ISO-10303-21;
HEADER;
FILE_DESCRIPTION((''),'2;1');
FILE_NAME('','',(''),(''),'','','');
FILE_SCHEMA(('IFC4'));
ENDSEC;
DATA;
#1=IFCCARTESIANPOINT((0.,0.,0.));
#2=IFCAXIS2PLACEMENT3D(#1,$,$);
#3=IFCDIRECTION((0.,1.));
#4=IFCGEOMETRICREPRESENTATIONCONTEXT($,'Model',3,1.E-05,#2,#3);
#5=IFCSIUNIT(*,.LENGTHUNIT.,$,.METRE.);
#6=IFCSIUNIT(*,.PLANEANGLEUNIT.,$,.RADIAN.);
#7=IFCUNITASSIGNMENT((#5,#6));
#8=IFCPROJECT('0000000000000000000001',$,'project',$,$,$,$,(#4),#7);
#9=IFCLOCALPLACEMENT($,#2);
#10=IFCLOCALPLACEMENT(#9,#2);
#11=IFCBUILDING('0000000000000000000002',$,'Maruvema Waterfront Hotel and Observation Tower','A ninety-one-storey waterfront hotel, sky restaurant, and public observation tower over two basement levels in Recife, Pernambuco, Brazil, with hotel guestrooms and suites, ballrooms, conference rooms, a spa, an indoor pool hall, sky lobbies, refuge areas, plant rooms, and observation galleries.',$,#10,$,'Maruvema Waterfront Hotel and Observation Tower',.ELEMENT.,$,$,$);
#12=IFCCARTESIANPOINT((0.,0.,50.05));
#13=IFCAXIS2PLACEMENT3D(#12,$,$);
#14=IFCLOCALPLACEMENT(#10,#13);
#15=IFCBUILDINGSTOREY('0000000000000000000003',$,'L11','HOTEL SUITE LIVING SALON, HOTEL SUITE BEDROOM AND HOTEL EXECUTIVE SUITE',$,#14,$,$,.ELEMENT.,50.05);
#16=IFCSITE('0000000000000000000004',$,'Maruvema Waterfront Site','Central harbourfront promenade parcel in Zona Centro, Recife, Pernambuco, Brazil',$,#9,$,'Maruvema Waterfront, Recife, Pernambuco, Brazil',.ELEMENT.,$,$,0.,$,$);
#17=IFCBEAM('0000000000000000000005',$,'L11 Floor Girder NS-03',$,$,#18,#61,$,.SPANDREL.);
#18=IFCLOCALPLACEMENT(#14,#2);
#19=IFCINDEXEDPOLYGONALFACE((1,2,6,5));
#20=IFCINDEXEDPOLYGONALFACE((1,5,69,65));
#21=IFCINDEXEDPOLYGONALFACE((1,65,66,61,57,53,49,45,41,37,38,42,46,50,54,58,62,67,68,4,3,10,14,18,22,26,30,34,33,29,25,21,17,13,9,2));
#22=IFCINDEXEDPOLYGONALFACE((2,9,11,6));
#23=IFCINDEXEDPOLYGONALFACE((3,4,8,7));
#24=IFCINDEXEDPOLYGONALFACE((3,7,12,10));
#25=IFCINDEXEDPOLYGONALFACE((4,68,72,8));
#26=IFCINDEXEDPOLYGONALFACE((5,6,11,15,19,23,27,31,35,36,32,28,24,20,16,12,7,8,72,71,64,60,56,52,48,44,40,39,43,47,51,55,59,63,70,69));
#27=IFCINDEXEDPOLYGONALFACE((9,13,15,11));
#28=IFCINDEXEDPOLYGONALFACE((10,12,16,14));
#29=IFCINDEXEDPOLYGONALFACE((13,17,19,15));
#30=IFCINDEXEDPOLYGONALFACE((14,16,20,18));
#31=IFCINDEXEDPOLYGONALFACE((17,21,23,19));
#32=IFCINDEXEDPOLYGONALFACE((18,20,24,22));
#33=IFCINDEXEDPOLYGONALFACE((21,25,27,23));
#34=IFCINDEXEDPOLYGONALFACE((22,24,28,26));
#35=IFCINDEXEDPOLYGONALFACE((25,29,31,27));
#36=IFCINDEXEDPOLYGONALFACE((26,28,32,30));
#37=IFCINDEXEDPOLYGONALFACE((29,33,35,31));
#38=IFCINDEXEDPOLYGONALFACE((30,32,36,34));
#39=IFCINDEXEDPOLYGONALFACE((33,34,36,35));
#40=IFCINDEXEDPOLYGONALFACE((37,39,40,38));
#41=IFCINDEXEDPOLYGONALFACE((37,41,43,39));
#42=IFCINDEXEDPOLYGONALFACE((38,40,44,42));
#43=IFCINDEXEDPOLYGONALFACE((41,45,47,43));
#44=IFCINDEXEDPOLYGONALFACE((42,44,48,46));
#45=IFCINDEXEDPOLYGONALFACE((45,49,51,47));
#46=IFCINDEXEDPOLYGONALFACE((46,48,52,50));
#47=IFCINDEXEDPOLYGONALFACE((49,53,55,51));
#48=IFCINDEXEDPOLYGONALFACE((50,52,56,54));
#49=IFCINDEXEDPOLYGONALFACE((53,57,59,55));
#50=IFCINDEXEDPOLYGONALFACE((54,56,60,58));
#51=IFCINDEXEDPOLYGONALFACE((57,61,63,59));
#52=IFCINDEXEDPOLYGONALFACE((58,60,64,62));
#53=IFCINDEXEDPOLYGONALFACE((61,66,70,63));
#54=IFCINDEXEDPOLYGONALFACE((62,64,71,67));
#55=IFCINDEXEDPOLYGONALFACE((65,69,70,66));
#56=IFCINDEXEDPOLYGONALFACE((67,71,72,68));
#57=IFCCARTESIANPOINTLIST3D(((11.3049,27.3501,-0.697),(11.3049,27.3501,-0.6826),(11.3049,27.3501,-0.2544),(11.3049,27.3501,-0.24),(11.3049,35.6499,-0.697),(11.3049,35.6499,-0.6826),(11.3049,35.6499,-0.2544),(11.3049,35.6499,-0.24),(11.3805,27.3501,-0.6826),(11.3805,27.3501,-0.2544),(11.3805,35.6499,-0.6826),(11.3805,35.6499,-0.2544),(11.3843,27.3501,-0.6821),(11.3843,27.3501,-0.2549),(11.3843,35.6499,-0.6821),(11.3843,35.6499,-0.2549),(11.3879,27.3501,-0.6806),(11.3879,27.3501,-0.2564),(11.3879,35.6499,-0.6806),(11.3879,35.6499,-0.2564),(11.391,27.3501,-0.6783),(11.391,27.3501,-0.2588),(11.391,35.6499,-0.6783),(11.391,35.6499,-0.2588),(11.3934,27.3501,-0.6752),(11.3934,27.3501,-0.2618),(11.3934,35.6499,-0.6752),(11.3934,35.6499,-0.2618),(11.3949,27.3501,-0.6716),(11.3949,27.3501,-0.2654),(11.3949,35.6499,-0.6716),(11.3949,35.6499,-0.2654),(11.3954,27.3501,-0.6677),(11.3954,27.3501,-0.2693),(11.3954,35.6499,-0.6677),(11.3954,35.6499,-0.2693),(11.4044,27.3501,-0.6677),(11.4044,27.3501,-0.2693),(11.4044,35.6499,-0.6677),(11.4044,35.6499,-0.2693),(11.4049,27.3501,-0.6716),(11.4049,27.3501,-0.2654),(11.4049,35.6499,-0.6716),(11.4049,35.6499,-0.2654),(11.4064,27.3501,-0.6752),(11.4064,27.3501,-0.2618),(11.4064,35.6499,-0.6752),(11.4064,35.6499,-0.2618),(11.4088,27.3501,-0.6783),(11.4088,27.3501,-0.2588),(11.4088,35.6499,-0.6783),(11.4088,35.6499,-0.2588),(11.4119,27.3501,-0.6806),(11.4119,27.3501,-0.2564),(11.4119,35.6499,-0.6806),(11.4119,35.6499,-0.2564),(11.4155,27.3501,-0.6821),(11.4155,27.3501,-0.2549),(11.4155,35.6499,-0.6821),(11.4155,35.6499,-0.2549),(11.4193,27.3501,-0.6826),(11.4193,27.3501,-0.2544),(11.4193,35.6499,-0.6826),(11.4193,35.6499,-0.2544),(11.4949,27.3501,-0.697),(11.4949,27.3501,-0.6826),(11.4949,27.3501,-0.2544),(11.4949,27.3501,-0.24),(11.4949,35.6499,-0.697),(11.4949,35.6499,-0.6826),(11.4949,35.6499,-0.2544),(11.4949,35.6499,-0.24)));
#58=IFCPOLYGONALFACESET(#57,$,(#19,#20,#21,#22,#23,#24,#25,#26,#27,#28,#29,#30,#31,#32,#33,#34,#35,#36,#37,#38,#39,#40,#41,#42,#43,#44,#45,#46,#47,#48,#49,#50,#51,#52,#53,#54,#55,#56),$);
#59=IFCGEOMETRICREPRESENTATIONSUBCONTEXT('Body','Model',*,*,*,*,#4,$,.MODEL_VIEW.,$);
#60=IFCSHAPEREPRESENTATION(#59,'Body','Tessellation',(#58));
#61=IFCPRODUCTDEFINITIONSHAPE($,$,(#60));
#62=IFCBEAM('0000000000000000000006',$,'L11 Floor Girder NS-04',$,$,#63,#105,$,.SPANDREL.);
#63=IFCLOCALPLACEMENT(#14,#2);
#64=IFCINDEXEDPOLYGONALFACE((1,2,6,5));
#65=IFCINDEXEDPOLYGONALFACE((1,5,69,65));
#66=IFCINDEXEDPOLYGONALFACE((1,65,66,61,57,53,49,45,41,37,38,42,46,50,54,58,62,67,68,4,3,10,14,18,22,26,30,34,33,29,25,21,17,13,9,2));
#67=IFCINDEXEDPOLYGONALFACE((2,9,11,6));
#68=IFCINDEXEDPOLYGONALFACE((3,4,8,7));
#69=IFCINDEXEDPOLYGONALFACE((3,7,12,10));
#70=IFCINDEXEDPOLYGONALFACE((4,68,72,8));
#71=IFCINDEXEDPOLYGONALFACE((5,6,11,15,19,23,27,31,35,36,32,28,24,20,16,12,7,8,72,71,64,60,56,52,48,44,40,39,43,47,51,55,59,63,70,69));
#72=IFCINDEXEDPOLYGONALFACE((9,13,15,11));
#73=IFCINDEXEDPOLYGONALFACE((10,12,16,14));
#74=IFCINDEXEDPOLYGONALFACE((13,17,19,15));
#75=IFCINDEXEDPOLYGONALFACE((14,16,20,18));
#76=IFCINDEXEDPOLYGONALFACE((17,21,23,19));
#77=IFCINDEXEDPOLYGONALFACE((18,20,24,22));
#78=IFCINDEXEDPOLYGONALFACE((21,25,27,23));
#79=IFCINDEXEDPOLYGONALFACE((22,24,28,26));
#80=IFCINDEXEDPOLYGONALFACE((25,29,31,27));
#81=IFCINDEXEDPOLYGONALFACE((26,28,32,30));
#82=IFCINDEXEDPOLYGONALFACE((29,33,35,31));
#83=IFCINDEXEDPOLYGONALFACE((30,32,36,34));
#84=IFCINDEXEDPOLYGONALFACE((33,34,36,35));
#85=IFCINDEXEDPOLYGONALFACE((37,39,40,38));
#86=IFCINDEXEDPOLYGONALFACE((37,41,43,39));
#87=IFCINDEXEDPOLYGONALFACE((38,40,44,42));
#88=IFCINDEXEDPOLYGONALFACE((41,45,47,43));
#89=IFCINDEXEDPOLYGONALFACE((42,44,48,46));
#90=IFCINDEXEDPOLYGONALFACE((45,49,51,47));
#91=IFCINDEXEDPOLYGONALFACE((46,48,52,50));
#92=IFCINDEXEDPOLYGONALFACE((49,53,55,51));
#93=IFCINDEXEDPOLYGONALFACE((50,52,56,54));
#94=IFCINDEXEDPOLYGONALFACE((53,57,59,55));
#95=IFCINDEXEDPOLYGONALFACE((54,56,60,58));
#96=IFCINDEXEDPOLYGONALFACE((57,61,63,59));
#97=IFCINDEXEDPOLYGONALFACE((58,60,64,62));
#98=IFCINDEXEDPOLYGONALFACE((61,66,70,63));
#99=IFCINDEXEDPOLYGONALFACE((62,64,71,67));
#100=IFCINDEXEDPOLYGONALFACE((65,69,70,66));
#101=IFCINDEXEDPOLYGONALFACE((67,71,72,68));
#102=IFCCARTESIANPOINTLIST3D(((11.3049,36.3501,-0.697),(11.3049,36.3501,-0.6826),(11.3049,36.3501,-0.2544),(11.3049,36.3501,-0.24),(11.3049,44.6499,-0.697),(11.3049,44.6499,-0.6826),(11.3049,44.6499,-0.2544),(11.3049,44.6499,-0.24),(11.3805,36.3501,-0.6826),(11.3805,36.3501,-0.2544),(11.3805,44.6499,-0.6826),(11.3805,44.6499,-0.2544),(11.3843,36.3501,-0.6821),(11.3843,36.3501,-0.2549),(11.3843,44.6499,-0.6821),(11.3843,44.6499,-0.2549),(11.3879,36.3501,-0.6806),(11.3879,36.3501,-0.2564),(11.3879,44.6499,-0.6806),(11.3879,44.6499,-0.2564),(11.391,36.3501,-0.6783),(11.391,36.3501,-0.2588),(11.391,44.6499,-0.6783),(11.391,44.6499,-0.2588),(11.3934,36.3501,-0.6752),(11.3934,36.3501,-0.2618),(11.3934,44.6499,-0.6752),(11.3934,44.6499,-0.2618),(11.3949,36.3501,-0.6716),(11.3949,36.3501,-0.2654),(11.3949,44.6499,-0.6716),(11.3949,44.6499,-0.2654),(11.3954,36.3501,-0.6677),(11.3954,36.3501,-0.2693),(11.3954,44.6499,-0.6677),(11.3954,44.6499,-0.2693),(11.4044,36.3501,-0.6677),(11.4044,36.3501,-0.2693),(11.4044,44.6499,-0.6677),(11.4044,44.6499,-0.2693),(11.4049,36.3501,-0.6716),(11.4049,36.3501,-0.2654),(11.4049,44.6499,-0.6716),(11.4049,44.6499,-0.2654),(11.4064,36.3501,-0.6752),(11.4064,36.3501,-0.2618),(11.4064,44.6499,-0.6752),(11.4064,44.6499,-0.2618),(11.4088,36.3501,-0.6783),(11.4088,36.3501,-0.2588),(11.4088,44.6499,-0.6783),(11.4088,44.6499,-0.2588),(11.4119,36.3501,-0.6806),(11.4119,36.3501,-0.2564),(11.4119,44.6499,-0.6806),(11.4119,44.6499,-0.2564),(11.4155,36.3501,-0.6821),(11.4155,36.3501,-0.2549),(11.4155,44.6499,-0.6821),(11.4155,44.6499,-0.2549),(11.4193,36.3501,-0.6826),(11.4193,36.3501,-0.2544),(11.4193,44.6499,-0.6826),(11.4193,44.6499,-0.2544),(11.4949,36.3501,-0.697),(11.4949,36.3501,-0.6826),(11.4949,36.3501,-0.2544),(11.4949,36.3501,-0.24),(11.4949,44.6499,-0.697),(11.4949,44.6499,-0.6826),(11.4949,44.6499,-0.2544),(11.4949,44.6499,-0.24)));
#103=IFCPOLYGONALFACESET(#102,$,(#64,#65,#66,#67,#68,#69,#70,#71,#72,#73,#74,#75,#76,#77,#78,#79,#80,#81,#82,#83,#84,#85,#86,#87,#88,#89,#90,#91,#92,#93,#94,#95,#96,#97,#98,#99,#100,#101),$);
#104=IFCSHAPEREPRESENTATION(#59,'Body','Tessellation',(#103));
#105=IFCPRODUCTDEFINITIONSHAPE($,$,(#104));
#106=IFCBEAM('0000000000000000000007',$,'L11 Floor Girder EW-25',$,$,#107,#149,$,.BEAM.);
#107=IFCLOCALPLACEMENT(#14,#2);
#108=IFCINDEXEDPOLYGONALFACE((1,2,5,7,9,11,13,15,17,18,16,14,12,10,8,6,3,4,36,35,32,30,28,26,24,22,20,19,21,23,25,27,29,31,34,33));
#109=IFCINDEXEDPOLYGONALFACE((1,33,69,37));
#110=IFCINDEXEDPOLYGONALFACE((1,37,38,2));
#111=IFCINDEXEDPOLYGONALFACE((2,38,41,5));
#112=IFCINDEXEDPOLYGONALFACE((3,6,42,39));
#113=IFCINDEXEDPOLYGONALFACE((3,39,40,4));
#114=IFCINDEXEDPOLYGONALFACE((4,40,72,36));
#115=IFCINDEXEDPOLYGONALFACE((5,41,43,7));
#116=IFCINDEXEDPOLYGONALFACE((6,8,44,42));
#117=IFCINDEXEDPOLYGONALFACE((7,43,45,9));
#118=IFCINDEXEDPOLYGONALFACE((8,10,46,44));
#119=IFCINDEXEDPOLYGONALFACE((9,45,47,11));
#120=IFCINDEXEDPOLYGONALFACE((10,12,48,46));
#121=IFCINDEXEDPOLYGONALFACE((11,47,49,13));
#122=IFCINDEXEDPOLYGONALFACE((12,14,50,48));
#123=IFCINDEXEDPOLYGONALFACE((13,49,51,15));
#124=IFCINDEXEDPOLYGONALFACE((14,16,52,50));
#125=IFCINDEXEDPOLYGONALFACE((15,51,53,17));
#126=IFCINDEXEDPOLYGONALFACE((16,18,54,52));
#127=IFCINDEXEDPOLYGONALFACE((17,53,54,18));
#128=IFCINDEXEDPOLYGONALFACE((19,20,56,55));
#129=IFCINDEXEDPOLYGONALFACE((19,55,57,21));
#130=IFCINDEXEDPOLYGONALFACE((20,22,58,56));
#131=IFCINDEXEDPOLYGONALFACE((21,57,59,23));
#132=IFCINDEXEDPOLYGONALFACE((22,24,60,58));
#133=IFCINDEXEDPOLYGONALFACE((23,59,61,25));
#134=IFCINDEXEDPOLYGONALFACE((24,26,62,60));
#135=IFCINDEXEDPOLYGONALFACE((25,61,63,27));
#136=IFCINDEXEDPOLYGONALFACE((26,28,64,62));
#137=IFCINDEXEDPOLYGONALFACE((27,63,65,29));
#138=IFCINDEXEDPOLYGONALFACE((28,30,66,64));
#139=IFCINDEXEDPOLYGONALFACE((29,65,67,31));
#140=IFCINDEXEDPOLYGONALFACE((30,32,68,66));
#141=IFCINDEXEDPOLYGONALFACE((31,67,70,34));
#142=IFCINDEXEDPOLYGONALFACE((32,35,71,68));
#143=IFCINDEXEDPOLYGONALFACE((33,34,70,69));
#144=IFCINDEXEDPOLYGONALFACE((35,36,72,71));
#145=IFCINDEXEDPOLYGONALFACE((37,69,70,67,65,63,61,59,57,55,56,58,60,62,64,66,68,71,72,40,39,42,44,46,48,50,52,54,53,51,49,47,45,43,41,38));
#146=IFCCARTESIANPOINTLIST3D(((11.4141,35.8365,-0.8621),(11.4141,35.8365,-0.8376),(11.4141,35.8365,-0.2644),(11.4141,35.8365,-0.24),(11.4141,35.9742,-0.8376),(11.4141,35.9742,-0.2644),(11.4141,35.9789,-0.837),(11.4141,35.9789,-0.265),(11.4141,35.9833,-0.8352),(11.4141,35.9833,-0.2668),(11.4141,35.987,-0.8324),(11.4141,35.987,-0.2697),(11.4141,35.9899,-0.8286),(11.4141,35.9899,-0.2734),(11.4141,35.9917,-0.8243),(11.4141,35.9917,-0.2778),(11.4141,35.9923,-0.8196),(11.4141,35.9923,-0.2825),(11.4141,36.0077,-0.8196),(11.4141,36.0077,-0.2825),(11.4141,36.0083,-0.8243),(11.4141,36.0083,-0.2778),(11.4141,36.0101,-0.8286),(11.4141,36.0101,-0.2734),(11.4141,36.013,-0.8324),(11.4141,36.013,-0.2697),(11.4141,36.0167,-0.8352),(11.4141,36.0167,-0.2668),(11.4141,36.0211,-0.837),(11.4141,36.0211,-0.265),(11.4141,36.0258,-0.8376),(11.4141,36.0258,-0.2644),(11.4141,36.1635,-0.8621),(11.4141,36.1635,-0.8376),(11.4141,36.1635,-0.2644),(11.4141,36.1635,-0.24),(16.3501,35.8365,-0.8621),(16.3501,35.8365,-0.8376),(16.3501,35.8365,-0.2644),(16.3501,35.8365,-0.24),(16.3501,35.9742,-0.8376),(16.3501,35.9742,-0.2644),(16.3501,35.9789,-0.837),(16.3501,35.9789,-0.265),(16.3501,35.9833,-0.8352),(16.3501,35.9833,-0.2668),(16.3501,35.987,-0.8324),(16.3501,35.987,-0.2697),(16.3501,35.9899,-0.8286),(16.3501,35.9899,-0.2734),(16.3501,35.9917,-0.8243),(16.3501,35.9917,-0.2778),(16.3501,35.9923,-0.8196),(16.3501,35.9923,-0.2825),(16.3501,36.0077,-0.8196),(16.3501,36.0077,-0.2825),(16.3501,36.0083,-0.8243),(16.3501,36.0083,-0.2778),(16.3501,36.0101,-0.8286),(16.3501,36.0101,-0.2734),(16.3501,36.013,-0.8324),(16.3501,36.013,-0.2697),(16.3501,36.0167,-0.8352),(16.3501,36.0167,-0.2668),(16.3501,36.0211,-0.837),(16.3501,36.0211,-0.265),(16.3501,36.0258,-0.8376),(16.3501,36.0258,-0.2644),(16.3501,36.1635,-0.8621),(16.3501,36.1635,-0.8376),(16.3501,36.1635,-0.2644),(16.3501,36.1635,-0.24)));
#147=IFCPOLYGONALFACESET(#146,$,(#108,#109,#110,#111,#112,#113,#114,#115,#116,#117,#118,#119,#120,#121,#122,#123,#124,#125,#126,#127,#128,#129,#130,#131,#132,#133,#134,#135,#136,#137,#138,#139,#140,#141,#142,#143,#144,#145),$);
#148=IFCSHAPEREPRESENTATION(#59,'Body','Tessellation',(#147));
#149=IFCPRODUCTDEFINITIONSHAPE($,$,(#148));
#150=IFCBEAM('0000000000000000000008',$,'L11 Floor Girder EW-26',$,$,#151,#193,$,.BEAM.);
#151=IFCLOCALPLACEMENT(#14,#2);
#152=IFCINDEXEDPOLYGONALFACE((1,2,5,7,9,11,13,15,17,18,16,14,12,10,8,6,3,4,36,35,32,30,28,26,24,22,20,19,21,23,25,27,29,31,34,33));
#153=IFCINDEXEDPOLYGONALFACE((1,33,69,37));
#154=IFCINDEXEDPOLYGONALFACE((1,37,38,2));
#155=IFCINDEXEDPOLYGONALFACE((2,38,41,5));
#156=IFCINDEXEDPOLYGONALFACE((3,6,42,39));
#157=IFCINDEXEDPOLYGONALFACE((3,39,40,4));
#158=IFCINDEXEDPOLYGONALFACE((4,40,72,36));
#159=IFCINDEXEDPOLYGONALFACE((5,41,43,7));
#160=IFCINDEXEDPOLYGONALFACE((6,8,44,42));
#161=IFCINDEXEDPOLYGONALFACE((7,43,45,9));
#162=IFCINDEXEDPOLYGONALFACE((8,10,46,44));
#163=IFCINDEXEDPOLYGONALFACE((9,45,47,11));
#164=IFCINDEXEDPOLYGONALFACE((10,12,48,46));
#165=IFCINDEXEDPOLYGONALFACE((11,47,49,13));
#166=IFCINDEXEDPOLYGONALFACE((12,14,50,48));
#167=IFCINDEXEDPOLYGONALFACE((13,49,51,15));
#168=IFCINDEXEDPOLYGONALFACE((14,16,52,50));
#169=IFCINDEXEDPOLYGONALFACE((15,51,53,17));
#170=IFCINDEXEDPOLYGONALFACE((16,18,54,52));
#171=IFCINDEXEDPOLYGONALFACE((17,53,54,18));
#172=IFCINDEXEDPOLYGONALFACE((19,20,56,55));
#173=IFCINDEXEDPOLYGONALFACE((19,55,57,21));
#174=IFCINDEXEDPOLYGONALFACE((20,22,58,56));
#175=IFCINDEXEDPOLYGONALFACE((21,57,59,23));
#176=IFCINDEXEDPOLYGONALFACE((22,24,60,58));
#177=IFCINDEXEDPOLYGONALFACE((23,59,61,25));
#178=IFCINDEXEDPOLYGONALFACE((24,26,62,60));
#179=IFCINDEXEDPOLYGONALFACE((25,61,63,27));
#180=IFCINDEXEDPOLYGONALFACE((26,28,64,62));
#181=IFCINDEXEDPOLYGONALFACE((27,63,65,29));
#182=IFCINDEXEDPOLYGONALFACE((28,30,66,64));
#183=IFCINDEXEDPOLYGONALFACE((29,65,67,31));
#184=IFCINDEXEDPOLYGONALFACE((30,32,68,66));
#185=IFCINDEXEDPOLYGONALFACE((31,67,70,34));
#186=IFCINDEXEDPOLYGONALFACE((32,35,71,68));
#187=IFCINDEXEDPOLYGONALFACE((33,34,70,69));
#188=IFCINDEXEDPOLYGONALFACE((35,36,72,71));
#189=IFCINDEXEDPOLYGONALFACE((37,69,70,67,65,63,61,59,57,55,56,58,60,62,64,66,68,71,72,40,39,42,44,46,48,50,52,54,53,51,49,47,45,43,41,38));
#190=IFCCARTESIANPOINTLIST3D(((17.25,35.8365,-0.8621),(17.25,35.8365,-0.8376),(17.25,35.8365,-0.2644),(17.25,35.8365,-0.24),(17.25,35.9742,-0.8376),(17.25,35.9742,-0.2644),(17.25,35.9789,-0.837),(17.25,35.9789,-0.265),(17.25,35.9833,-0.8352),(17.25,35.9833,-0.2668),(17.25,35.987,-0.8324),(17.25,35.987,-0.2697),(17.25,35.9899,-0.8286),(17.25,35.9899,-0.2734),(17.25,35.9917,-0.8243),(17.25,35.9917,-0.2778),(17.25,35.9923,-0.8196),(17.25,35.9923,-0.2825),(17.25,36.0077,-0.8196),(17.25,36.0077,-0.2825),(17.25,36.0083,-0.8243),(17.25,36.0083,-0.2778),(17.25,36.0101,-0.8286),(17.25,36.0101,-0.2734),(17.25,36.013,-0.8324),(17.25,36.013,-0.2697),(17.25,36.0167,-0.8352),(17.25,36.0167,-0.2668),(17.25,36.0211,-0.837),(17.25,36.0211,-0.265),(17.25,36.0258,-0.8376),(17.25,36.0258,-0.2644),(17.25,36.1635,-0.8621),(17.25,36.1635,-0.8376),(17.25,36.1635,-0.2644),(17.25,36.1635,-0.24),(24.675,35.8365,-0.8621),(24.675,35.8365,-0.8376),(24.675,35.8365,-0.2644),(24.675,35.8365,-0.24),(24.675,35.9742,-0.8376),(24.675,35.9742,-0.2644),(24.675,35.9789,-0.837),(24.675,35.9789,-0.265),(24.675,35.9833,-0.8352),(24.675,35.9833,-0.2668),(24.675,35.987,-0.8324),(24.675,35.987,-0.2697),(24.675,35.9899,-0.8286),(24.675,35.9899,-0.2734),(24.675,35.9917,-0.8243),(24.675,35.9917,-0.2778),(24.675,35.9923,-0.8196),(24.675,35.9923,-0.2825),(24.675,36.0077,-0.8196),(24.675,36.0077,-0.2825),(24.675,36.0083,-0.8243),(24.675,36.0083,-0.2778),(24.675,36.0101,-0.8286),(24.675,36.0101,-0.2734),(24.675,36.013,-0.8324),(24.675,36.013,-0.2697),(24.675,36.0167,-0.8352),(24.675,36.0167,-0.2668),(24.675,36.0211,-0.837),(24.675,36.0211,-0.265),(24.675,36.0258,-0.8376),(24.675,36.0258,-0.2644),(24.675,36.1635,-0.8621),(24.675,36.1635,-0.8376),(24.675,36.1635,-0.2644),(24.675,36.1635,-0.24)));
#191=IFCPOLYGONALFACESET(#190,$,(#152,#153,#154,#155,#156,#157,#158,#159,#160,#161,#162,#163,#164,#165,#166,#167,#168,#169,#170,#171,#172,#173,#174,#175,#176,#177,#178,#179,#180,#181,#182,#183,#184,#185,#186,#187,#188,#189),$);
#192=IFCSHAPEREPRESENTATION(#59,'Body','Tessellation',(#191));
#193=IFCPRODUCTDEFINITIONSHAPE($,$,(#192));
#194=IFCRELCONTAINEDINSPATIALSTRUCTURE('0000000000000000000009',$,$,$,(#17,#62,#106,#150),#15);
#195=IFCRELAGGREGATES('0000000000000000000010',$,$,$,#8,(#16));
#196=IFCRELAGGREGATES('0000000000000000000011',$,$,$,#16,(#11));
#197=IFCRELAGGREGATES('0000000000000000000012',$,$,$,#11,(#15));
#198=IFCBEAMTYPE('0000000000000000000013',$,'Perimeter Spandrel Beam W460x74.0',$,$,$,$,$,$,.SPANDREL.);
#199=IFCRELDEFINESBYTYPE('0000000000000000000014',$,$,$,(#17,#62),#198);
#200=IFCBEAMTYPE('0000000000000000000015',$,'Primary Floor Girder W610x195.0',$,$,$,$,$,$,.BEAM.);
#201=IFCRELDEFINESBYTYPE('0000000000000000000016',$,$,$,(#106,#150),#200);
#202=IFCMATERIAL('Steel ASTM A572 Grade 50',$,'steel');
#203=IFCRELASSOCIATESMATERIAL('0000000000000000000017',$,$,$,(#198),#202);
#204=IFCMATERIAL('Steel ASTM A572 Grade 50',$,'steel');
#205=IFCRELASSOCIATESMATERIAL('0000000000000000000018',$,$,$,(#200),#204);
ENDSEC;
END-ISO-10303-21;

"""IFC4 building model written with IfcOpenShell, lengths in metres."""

from ifc_helpers import new_model, si_unit, direction, frame, origin, origin_2d, place, context, subcontext, project, spatial, i_section, extrude, material, material_profile, profile_set, type_object, element, save


model = new_model("IFC4")

# Units and contexts
model_context = context("Model", 3, precision=1e-05, world=origin(), true_north=direction((0.0, 1.0)))
body_context = subcontext(model_context, "Body", "Model", "MODEL_VIEW")
ifc_project = project(units=[si_unit("LENGTHUNIT", "METRE"), si_unit("PLANEANGLEUNIT", "RADIAN")], contexts=[model_context])

# Site, building, storey
site_placement = place(None, origin())
site = spatial("IfcSite", under=ifc_project, at=site_placement, Name="Maruvema Waterfront Site", Description="Central harbourfront promenade parcel in Zona Centro, Recife, Pernambuco, Brazil", LongName="Maruvema Waterfront, Recife, Pernambuco, Brazil", CompositionType="ELEMENT", RefElevation=0.0)
building_placement = place(site_placement, origin())
building = spatial("IfcBuilding", under=site, at=building_placement, Name="Maruvema Waterfront Hotel and Observation Tower", Description="A ninety-one-storey waterfront hotel, sky restaurant, and public observation tower over two basement levels in Recife, Pernambuco, Brazil, with hotel guestrooms and suites, ballrooms, conference rooms, a spa, an indoor pool hall, sky lobbies, refuge areas, plant rooms, and observation galleries.", LongName="Maruvema Waterfront Hotel and Observation Tower", CompositionType="ELEMENT")
storey_placement = place(building_placement, frame((0.0, 0.0, 50.05)))
storey = spatial("IfcBuildingStorey", under=building, at=storey_placement, Name="L11", Description="HOTEL SUITE LIVING SALON, HOTEL SUITE BEDROOM AND HOTEL EXECUTIVE SUITE", CompositionType="ELEMENT", Elevation=50.05)

# Beams
ifc_material_1 = material(Name="Steel ASTM A572 Grade 50", Category="steel")
ifc_material_profile_1 = material_profile(ifc_material_1, i_section(OverallWidth=0.1899, OverallDepth=0.457, WebThickness=0.009, FlangeThickness=0.0144, FilletRadius=0.0149, at=origin_2d()), Name="W460x74.0")
ifc_profile_set_1 = profile_set([ifc_material_profile_1], Name="Steel ASTM A572 Grade 50")
beam_type_1 = type_object("IfcBeamType", Name="Perimeter Spandrel Beam W460x74.0", PredefinedType="SPANDREL", material=ifc_profile_set_1)
for number, where, z_axis, x_axis, name in (
    (1, (11.3999, 27.3501, -0.4685), (0.0, 1.0, 0.0), (-1.0, 0.0, 0.0), "L11 Floor Girder NS-03"),
    (2, (11.3999, 36.3501, -0.4685), (0.0, 1.0, 0.0), (-1.0, 0.0, 0.0), "L11 Floor Girder NS-04"),
):
    element("IfcBeam", number, at=place(storey_placement, frame(where, z_axis=z_axis, x_axis=x_axis)), inside=storey, type_object=beam_type_1, Name=name, PredefinedType="SPANDREL", context=body_context, shape_type="SweptSolid", body=[
        extrude(i_section(OverallWidth=0.1899, OverallDepth=0.457, WebThickness=0.009, FlangeThickness=0.0144, FilletRadius=0.0149, at=origin_2d()), origin(), (0.0, 0.0, 1.0), 8.2998),
    ])
ifc_material_2 = material(Name="Steel ASTM A572 Grade 50", Category="steel")
ifc_material_profile_2 = material_profile(ifc_material_2, i_section(OverallWidth=0.3269, OverallDepth=0.6221, WebThickness=0.0154, FlangeThickness=0.0244, FilletRadius=0.0181, at=origin_2d()), Name="W610x195.0")
ifc_profile_set_2 = profile_set([ifc_material_profile_2], Name="Steel ASTM A572 Grade 50")
beam_type_2 = type_object("IfcBeamType", Name="Primary Floor Girder W610x195.0", PredefinedType="BEAM", material=ifc_profile_set_2)
beam_1_placement = place(storey_placement, frame((11.4141, 36.0, -0.551), z_axis=(1.0, 0.0, 0.0), x_axis=(0.0, 1.0, 0.0)))
element("IfcBeam", 3, at=beam_1_placement, inside=storey, type_object=beam_type_2, Name="L11 Floor Girder EW-25", PredefinedType="BEAM", context=body_context, shape_type="SweptSolid", body=[
    extrude(i_section(OverallWidth=0.3269, OverallDepth=0.6221, WebThickness=0.0154, FlangeThickness=0.0244, FilletRadius=0.0181, at=origin_2d()), origin(), (0.0, 0.0, 1.0), 4.936),
])
beam_2_placement = place(storey_placement, frame((17.25, 36.0, -0.551), z_axis=(1.0, 0.0, 0.0), x_axis=(0.0, 1.0, 0.0)))
element("IfcBeam", 4, at=beam_2_placement, inside=storey, type_object=beam_type_2, Name="L11 Floor Girder EW-26", PredefinedType="BEAM", context=body_context, shape_type="SweptSolid", body=[
    extrude(i_section(OverallWidth=0.3269, OverallDepth=0.6221, WebThickness=0.0154, FlangeThickness=0.0244, FilletRadius=0.0181, at=origin_2d()), origin(), (0.0, 0.0, 1.0), 7.425),
])

save(model, "model.ifc")
